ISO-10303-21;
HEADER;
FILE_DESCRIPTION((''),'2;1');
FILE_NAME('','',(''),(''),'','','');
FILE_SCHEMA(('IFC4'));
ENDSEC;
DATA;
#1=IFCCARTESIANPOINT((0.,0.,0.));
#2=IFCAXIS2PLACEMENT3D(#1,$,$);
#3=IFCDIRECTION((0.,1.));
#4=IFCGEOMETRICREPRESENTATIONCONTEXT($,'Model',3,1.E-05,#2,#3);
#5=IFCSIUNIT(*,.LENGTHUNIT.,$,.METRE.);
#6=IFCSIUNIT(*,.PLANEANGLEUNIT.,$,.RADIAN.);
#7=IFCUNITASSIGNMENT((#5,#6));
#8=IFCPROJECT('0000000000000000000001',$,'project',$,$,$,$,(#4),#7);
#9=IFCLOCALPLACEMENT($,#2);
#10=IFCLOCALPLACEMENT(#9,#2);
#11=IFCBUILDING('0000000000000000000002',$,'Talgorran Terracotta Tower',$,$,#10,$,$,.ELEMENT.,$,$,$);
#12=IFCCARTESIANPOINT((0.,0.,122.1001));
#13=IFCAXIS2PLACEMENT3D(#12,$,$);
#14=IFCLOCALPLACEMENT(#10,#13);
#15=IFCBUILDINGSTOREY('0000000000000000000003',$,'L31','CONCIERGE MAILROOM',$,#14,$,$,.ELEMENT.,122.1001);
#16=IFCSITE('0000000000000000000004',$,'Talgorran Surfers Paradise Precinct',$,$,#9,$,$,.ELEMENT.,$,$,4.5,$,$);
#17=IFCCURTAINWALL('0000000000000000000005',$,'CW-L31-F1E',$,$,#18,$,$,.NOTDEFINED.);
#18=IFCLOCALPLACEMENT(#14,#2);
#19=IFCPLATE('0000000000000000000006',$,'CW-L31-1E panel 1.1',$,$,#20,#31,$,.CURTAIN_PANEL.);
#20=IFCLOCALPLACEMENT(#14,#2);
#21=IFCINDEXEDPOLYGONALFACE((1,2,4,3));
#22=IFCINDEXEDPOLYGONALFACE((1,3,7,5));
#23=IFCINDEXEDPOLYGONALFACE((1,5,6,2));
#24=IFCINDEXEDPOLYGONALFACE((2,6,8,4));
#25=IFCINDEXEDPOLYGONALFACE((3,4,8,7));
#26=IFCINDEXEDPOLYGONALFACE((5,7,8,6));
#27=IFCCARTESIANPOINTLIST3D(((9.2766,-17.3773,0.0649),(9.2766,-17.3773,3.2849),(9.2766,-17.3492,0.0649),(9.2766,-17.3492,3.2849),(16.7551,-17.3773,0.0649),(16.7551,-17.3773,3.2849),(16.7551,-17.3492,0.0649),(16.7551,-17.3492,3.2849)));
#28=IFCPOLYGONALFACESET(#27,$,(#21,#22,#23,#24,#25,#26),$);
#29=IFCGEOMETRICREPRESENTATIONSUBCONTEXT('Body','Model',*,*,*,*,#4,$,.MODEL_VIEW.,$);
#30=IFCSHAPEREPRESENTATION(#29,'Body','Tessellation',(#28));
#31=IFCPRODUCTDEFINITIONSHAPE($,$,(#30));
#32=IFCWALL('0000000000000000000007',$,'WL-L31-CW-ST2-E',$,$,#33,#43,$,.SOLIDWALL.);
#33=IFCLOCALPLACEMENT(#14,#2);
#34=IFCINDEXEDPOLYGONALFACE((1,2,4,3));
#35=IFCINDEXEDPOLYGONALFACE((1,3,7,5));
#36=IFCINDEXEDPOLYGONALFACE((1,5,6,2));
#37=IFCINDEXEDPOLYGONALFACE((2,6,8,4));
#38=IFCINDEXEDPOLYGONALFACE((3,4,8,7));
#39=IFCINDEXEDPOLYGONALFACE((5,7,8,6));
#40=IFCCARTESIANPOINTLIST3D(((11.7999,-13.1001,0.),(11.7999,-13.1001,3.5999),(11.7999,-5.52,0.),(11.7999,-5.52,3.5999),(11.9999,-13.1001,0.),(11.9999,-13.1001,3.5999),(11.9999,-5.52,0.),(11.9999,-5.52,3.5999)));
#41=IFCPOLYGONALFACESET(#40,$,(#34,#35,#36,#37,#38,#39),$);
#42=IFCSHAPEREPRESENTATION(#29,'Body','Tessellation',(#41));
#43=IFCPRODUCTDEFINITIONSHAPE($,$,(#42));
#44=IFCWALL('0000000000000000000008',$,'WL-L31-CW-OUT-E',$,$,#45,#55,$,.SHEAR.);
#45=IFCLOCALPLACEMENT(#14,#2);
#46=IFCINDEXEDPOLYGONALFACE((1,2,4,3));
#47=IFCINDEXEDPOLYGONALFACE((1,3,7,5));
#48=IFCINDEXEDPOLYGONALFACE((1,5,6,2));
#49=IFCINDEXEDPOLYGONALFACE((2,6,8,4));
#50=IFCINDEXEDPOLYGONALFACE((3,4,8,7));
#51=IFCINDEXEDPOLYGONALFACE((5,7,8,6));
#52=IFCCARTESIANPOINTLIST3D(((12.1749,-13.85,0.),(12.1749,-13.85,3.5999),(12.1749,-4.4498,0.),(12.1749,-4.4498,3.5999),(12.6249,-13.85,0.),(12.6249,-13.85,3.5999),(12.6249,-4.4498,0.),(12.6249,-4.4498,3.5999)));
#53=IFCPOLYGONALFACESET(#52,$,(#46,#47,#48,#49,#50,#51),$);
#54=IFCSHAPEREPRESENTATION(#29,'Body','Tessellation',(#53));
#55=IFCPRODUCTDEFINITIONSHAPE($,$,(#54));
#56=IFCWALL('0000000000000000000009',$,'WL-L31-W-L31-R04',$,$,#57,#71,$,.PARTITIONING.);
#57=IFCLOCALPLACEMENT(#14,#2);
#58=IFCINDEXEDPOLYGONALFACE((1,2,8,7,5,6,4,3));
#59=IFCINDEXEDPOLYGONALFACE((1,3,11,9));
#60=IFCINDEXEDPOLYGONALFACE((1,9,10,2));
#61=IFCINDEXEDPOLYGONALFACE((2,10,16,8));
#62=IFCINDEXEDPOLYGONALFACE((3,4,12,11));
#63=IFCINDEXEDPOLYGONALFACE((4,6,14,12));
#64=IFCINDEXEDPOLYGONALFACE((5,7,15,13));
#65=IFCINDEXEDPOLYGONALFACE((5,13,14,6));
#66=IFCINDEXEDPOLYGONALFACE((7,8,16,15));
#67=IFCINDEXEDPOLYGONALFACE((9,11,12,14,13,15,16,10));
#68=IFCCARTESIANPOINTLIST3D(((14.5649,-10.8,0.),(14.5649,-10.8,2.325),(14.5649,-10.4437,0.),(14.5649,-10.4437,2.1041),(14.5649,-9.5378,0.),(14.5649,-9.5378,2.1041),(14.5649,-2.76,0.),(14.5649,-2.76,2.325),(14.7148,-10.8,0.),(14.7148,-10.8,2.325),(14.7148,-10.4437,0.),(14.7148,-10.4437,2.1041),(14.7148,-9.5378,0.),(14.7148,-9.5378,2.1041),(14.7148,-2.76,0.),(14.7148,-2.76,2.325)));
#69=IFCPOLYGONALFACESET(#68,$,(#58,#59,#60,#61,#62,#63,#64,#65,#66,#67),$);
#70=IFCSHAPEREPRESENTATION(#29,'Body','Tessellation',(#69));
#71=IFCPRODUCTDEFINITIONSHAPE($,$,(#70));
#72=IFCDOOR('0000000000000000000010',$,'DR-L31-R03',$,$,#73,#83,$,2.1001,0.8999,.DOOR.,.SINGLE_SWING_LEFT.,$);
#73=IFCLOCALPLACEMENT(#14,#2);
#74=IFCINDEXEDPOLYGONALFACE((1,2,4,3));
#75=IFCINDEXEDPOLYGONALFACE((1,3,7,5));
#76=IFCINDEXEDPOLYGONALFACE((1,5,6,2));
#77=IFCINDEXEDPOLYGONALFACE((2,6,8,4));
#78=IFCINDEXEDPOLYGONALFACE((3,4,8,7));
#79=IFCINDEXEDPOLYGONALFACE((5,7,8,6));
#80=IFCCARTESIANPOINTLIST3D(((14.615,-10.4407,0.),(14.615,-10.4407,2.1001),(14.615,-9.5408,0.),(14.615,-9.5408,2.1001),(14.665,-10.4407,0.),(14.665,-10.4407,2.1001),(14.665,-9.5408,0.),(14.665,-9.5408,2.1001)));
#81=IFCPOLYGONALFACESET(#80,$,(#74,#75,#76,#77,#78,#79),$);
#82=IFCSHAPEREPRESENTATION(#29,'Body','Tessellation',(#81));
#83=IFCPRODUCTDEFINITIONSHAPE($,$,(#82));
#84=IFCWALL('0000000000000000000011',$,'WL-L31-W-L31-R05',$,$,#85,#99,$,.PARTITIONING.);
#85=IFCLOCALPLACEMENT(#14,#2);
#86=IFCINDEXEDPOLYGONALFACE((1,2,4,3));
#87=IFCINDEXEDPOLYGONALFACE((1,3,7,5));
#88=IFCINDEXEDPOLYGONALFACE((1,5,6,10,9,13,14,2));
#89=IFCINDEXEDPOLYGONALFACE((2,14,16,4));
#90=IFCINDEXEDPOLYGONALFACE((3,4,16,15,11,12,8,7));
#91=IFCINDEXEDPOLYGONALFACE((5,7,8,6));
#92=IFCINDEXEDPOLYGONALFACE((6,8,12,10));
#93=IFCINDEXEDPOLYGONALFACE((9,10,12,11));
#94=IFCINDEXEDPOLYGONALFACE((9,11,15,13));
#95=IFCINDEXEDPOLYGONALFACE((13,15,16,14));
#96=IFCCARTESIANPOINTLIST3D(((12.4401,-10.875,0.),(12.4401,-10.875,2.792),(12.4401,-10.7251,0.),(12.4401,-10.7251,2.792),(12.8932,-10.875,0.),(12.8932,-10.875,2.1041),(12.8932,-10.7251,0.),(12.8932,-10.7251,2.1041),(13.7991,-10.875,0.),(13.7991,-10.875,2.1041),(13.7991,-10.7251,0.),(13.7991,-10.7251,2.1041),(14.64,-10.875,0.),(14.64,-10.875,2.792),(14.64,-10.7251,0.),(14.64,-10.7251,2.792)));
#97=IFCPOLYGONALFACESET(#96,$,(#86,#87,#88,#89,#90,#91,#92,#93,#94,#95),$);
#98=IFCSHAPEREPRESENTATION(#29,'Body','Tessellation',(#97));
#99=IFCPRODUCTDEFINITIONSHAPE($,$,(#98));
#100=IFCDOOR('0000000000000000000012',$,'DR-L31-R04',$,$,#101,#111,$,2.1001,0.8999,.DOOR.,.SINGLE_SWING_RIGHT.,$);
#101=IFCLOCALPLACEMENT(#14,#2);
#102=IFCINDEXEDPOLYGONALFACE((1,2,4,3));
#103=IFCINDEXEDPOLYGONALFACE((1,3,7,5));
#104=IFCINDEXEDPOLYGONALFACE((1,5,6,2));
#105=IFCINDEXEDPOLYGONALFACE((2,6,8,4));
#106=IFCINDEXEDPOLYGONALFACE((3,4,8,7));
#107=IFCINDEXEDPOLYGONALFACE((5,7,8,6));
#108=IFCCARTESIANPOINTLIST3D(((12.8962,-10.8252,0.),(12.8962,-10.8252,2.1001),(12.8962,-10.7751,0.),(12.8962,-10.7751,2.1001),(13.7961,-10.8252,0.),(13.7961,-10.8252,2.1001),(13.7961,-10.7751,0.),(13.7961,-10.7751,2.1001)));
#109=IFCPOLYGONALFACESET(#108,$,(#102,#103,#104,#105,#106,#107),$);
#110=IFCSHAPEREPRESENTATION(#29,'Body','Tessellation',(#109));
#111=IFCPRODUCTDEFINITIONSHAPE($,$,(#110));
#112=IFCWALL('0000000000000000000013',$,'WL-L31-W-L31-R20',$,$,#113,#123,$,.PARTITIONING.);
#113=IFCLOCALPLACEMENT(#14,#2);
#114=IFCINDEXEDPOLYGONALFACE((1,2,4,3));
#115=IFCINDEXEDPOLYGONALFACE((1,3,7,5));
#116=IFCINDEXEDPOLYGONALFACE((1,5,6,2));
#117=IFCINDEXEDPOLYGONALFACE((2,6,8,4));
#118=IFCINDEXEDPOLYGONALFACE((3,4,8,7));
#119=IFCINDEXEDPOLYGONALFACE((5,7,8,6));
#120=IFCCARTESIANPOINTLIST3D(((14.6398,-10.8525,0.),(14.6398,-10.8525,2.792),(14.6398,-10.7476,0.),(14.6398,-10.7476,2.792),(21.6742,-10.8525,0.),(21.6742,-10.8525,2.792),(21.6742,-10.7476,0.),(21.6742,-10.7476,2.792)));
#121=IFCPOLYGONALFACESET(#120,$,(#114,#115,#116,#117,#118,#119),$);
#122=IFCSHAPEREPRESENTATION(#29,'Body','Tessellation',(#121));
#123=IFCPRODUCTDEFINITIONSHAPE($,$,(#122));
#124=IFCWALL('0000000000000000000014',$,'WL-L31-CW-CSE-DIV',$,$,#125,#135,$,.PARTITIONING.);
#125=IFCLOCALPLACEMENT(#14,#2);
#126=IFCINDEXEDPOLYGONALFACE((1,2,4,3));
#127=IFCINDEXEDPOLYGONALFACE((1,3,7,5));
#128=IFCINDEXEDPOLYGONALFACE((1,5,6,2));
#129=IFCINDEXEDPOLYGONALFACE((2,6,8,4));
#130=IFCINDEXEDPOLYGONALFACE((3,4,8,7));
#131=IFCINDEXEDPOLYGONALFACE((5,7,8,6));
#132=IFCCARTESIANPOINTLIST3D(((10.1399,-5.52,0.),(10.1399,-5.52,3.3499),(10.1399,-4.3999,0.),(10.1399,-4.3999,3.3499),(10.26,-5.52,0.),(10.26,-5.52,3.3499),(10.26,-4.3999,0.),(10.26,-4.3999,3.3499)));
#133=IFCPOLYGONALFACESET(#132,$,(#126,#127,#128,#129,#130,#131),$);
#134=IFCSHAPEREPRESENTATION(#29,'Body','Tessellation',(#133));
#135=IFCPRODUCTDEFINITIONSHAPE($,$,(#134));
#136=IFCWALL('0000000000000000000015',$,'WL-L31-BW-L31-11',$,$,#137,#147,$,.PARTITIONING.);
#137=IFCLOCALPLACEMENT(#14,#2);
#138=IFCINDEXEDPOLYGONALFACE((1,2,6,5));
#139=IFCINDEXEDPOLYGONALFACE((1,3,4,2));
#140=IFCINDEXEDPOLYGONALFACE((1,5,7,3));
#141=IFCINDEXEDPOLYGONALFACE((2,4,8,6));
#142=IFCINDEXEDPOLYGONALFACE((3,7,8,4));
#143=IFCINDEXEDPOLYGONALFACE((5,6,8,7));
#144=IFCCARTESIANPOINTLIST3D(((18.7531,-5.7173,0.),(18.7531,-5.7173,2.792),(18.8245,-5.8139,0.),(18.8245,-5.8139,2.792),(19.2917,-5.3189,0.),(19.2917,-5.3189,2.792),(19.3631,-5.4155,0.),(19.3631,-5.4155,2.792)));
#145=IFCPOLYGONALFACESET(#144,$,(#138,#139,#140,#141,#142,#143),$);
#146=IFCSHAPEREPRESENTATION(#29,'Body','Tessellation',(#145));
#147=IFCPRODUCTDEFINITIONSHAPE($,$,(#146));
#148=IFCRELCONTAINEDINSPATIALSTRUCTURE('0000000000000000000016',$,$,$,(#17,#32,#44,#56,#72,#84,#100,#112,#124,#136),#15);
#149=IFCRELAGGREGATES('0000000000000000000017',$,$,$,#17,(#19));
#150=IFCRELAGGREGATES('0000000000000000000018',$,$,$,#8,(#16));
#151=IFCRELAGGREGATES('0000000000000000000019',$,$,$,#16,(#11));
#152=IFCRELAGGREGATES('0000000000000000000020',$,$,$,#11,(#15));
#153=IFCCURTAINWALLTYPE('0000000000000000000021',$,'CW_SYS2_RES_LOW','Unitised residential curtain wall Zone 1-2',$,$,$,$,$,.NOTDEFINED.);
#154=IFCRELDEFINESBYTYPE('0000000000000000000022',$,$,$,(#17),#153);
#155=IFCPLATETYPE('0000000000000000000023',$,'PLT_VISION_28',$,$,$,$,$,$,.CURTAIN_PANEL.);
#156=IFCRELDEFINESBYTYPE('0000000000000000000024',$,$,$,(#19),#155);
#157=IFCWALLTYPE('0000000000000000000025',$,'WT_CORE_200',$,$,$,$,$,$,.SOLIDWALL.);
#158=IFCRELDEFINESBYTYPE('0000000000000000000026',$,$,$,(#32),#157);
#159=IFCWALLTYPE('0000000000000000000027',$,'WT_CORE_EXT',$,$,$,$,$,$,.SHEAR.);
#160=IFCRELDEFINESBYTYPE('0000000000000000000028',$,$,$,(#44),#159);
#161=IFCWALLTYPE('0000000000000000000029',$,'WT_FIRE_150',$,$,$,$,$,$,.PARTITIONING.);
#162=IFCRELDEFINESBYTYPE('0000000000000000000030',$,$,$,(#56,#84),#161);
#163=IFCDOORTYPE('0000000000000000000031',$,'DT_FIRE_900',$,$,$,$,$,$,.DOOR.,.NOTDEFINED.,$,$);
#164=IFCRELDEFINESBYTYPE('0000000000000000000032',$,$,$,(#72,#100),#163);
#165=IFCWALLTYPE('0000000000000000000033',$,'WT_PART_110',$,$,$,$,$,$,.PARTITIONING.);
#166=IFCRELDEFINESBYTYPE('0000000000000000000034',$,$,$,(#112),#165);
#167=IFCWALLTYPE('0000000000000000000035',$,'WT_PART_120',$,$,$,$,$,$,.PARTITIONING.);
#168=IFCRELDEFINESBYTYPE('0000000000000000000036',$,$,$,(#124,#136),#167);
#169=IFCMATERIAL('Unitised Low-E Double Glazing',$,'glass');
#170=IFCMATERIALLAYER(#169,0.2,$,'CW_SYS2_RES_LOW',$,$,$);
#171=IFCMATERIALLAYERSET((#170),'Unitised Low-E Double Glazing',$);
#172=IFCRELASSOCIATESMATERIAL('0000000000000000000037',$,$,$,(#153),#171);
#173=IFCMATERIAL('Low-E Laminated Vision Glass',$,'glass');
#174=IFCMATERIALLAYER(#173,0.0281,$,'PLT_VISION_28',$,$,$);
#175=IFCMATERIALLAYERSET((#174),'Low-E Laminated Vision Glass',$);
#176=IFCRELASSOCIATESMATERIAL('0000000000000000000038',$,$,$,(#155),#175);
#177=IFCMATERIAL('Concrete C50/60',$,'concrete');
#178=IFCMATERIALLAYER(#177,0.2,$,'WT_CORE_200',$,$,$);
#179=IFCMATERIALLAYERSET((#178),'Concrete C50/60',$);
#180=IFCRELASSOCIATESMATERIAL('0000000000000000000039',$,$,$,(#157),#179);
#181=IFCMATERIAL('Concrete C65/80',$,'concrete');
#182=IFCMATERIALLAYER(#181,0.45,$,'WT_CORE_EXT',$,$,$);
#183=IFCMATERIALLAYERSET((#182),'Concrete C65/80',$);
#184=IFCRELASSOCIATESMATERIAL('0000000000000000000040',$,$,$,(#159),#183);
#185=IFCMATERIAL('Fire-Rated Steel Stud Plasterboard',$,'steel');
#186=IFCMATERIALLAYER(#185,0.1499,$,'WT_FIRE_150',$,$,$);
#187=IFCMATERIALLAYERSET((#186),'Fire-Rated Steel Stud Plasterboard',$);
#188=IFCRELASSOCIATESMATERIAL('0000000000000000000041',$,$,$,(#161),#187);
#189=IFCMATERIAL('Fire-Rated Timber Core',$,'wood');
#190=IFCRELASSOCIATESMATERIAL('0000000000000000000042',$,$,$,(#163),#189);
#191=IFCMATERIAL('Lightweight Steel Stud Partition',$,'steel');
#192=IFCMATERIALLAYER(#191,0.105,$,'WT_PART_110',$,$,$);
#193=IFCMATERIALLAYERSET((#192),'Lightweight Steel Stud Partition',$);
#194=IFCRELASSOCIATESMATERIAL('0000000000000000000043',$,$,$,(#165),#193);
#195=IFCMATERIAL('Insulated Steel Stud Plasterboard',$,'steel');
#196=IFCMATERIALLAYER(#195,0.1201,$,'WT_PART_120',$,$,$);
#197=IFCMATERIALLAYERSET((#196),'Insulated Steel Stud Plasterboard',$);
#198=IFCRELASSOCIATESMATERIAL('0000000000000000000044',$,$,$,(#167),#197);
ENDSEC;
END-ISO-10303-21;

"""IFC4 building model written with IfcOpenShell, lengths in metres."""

from ifc_helpers import new_model, si_unit, direction, frame, frame_2d, origin, origin_2d, place, context, subcontext, project, spatial, rectangle, extrude, source, transform, mapped, material, layer, layer_set, type_object, type_shapes, element, fill, aggregate, save


model = new_model("IFC4")

# Units and contexts
model_context = context("Model", 3, precision=1e-05, world=origin(), true_north=direction((0.0, 1.0)))
body_context = subcontext(model_context, "Body", "Model", "MODEL_VIEW")
ifc_project = project(units=[si_unit("LENGTHUNIT", "METRE"), si_unit("PLANEANGLEUNIT", "RADIAN")], contexts=[model_context])

# Site, building, storey
site_placement = place(None, origin())
site = spatial("IfcSite", under=ifc_project, at=site_placement, Name="Talgorran Surfers Paradise Precinct", CompositionType="ELEMENT", RefElevation=4.5)
building_placement = place(site_placement, origin())
building = spatial("IfcBuilding", under=site, at=building_placement, Name="Talgorran Terracotta Tower", CompositionType="ELEMENT")
storey_placement = place(building_placement, frame((0.0, 0.0, 122.1001)))
storey = spatial("IfcBuildingStorey", under=building, at=storey_placement, Name="L31", Description="CONCIERGE MAILROOM", CompositionType="ELEMENT", Elevation=122.1001)

# Curtain wall
ifc_material_1 = material(Name="Unitised Low-E Double Glazing", Category="glass")
ifc_layer_1 = layer(ifc_material_1, 0.2, Name="CW_SYS2_RES_LOW")
ifc_layer_set_1 = layer_set([ifc_layer_1], Name="Unitised Low-E Double Glazing")
curtain_wall_type = type_object("IfcCurtainWallType", Name="CW_SYS2_RES_LOW", Description="Unitised residential curtain wall Zone 1-2", PredefinedType="NOTDEFINED", material=ifc_layer_set_1)
curtain_wall_1_placement = place(storey_placement, origin())
curtain_wall_1 = element("IfcCurtainWall", 1, at=curtain_wall_1_placement, inside=storey, type_object=curtain_wall_type, Name="CW-L31-F1E", PredefinedType="NOTDEFINED")

# Plate
ifc_material_2 = material(Name="Low-E Laminated Vision Glass", Category="glass")
ifc_layer_2 = layer(ifc_material_2, 0.0281, Name="PLT_VISION_28")
ifc_layer_set_2 = layer_set([ifc_layer_2], Name="Low-E Laminated Vision Glass")
plate_type = type_object("IfcPlateType", Name="PLT_VISION_28", PredefinedType="CURTAIN_PANEL", material=ifc_layer_set_2)
shared_shape = source(origin(), body_context, "Body", "SweptSolid", [
    extrude(rectangle(XDim=7.4785, YDim=0.0281, at=origin_2d()), origin(), (0.0, 0.0, 1.0), 3.22),
])
type_shapes(plate_type, [shared_shape])
plate_placement = place(storey_placement, frame((13.0159, -17.3633, 0.0649), z_axis=(0.0, 0.0, 1.0), x_axis=(1.0, 0.0, 0.0)))
plate = element("IfcPlate", 2, at=plate_placement, type_object=plate_type, Name="CW-L31-1E panel 1.1", PredefinedType="CURTAIN_PANEL", context=body_context, shape_type="MappedRepresentation", body=[
    mapped(shared_shape, transform((0.0, 0.0, 0.0), scale=1.0)),
])
aggregate(curtain_wall_1, [plate])

# Walls
ifc_material_3 = material(Name="Concrete C50/60", Category="concrete")
ifc_layer_3 = layer(ifc_material_3, 0.2, Name="WT_CORE_200")
ifc_layer_set_3 = layer_set([ifc_layer_3], Name="Concrete C50/60")
wall_type_1 = type_object("IfcWallType", Name="WT_CORE_200", PredefinedType="SOLIDWALL", material=ifc_layer_set_3)
wall_1_placement = place(storey_placement, frame((11.8999, -13.1001, 0.0), z_axis=(0.0, 0.0, 1.0), x_axis=(0.0, 1.0, 0.0)))
element("IfcWall", 3, at=wall_1_placement, inside=storey, type_object=wall_type_1, Name="WL-L31-CW-ST2-E", PredefinedType="SOLIDWALL", context=body_context, shape_type="SweptSolid", body=[
    extrude(rectangle(XDim=7.5801, YDim=0.2, at=frame_2d((3.79, 0.0))), origin(), (0.0, 0.0, 1.0), 3.5999),
])
ifc_material_4 = material(Name="Concrete C65/80", Category="concrete")
ifc_layer_4 = layer(ifc_material_4, 0.45, Name="WT_CORE_EXT")
ifc_layer_set_4 = layer_set([ifc_layer_4], Name="Concrete C65/80")
wall_type_2 = type_object("IfcWallType", Name="WT_CORE_EXT", PredefinedType="SHEAR", material=ifc_layer_set_4)
wall_2_placement = place(storey_placement, frame((12.3999, -13.8501, 0.0), z_axis=(0.0, 0.0, 1.0), x_axis=(0.0, 1.0, 0.0)))
element("IfcWall", 4, at=wall_2_placement, inside=storey, type_object=wall_type_2, Name="WL-L31-CW-OUT-E", PredefinedType="SHEAR", context=body_context, shape_type="SweptSolid", body=[
    extrude(rectangle(XDim=9.4001, YDim=0.45, at=frame_2d((4.7002, 0.0))), origin(), (0.0, 0.0, 1.0), 3.5999),
])

# Walls, openings, doors
ifc_material_5 = material(Name="Fire-Rated Steel Stud Plasterboard", Category="steel")
ifc_layer_5 = layer(ifc_material_5, 0.1499, Name="WT_FIRE_150")
ifc_layer_set_5 = layer_set([ifc_layer_5], Name="Fire-Rated Steel Stud Plasterboard")
wall_type_3 = type_object("IfcWallType", Name="WT_FIRE_150", PredefinedType="PARTITIONING", material=ifc_layer_set_5)
wall_3_placement = place(storey_placement, frame((14.6399, -10.8, 0.0), z_axis=(0.0, 0.0, 1.0), x_axis=(0.0, 1.0, 0.0)))
wall_3 = element("IfcWall", 5, at=wall_3_placement, inside=storey, type_object=wall_type_3, Name="WL-L31-W-L31-R04", PredefinedType="PARTITIONING", context=body_context, shape_type="SweptSolid", body=[
    extrude(rectangle(XDim=8.04, YDim=0.1499, at=frame_2d((4.02, 0.0))), origin(), (0.0, 0.0, 1.0), 2.325),
])
opening_1_placement = place(wall_3_placement, frame((0.3594, 0.0, 0.0)))
opening_1 = element("IfcOpeningElement", 6, at=opening_1_placement, cuts=wall_3, PredefinedType="OPENING", context=body_context, shape_type="SweptSolid", body=[
    extrude(rectangle(XDim=0.9059, YDim=2.1041, at=frame_2d((0.45, 1.052))), frame((0.0, 0.085, 0.0), z_axis=(0.0, -1.0, 0.0), x_axis=(1.0, 0.0, 0.0)), (0.0, 0.0, 1.0), 0.1699),
])
ifc_material_6 = material(Name="Fire-Rated Timber Core", Category="wood")
door_type = type_object("IfcDoorType", Name="DT_FIRE_900", OperationType="NOTDEFINED", PredefinedType="DOOR", material=ifc_material_6)
door_1_placement = place(opening_1_placement, origin())
door_1 = element("IfcDoor", 7, at=door_1_placement, inside=storey, type_object=door_type, Name="DR-L31-R03", OperationType="SINGLE_SWING_LEFT", OverallHeight=2.1001, OverallWidth=0.8999, PredefinedType="DOOR", context=body_context, shape_type="SweptSolid", body=[
    extrude(rectangle(XDim=0.8999, YDim=2.1001, at=frame_2d((0.45, 1.05))), frame((0.0, 0.0249, 0.0), z_axis=(0.0, -1.0, 0.0), x_axis=(1.0, 0.0, 0.0)), (0.0, 0.0, 1.0), 0.05),
])
fill(opening_1, door_1)
wall_4_placement = place(storey_placement, frame((12.4399, -10.8, 0.0), z_axis=(0.0, 0.0, 1.0), x_axis=(1.0, 0.0, 0.0)))
wall_4 = element("IfcWall", 8, at=wall_4_placement, inside=storey, type_object=wall_type_3, Name="WL-L31-W-L31-R05", PredefinedType="PARTITIONING", context=body_context, shape_type="SweptSolid", body=[
    extrude(rectangle(XDim=2.2, YDim=0.1499, at=frame_2d((1.1001, 0.0))), origin(), (0.0, 0.0, 1.0), 2.792),
])
opening_2_placement = place(wall_4_placement, frame((0.4563, 0.0, 0.0)))
opening_2 = element("IfcOpeningElement", 9, at=opening_2_placement, cuts=wall_4, PredefinedType="OPENING", context=body_context, shape_type="SweptSolid", body=[
    extrude(rectangle(XDim=0.9059, YDim=2.1041, at=frame_2d((0.45, 1.052))), frame((0.0, 0.085, 0.0), z_axis=(0.0, -1.0, 0.0), x_axis=(1.0, 0.0, 0.0)), (0.0, 0.0, 1.0), 0.1699),
])
door_2_placement = place(opening_2_placement, origin())
door_2 = element("IfcDoor", 10, at=door_2_placement, inside=storey, type_object=door_type, Name="DR-L31-R04", OperationType="SINGLE_SWING_RIGHT", OverallHeight=2.1001, OverallWidth=0.8999, PredefinedType="DOOR", context=body_context, shape_type="SweptSolid", body=[
    extrude(rectangle(XDim=0.8999, YDim=2.1001, at=frame_2d((0.45, 1.05))), frame((0.0, 0.0249, 0.0), z_axis=(0.0, -1.0, 0.0), x_axis=(1.0, 0.0, 0.0)), (0.0, 0.0, 1.0), 0.05),
])
fill(opening_2, door_2)

# Walls
ifc_material_7 = material(Name="Lightweight Steel Stud Partition", Category="steel")
ifc_layer_6 = layer(ifc_material_7, 0.105, Name="WT_PART_110")
ifc_layer_set_6 = layer_set([ifc_layer_6], Name="Lightweight Steel Stud Partition")
wall_type_4 = type_object("IfcWallType", Name="WT_PART_110", PredefinedType="PARTITIONING", material=ifc_layer_set_6)
wall_5_placement = place(storey_placement, frame((14.6399, -10.8, 0.0), z_axis=(0.0, 0.0, 1.0), x_axis=(1.0, 0.0, 0.0)))
element("IfcWall", 11, at=wall_5_placement, inside=storey, type_object=wall_type_4, Name="WL-L31-W-L31-R20", PredefinedType="PARTITIONING", context=body_context, shape_type="SweptSolid", body=[
    extrude(rectangle(XDim=7.0344, YDim=0.105, at=frame_2d((3.5171, 0.0))), origin(), (0.0, 0.0, 1.0), 2.792),
])
ifc_material_8 = material(Name="Insulated Steel Stud Plasterboard", Category="steel")
ifc_layer_7 = layer(ifc_material_8, 0.1201, Name="WT_PART_120")
ifc_layer_set_7 = layer_set([ifc_layer_7], Name="Insulated Steel Stud Plasterboard")
wall_type_5 = type_object("IfcWallType", Name="WT_PART_120", PredefinedType="PARTITIONING", material=ifc_layer_set_7)
wall_6_placement = place(storey_placement, frame((10.2, -5.52, 0.0), z_axis=(0.0, 0.0, 1.0), x_axis=(0.0, 1.0, 0.0)))
element("IfcWall", 12, at=wall_6_placement, inside=storey, type_object=wall_type_5, Name="WL-L31-CW-CSE-DIV", PredefinedType="PARTITIONING", context=body_context, shape_type="SweptSolid", body=[
    extrude(rectangle(XDim=1.1201, YDim=0.1201, at=frame_2d((0.5601, 0.0))), origin(), (0.0, 0.0, 1.0), 3.3499),
])
wall_7_placement = place(storey_placement, frame((18.7888, -5.7656, 0.0), z_axis=(0.0, 0.0, 1.0), x_axis=(0.803919, 0.594739, 0.0)))
element("IfcWall", 13, at=wall_7_placement, inside=storey, type_object=wall_type_5, Name="WL-L31-BW-L31-11", PredefinedType="PARTITIONING", context=body_context, shape_type="SweptSolid", body=[
    extrude(rectangle(XDim=0.6699, YDim=0.1201, at=frame_2d((0.335, 0.0))), origin(), (0.0, 0.0, 1.0), 2.792),
])

save(model, "model.ifc")
